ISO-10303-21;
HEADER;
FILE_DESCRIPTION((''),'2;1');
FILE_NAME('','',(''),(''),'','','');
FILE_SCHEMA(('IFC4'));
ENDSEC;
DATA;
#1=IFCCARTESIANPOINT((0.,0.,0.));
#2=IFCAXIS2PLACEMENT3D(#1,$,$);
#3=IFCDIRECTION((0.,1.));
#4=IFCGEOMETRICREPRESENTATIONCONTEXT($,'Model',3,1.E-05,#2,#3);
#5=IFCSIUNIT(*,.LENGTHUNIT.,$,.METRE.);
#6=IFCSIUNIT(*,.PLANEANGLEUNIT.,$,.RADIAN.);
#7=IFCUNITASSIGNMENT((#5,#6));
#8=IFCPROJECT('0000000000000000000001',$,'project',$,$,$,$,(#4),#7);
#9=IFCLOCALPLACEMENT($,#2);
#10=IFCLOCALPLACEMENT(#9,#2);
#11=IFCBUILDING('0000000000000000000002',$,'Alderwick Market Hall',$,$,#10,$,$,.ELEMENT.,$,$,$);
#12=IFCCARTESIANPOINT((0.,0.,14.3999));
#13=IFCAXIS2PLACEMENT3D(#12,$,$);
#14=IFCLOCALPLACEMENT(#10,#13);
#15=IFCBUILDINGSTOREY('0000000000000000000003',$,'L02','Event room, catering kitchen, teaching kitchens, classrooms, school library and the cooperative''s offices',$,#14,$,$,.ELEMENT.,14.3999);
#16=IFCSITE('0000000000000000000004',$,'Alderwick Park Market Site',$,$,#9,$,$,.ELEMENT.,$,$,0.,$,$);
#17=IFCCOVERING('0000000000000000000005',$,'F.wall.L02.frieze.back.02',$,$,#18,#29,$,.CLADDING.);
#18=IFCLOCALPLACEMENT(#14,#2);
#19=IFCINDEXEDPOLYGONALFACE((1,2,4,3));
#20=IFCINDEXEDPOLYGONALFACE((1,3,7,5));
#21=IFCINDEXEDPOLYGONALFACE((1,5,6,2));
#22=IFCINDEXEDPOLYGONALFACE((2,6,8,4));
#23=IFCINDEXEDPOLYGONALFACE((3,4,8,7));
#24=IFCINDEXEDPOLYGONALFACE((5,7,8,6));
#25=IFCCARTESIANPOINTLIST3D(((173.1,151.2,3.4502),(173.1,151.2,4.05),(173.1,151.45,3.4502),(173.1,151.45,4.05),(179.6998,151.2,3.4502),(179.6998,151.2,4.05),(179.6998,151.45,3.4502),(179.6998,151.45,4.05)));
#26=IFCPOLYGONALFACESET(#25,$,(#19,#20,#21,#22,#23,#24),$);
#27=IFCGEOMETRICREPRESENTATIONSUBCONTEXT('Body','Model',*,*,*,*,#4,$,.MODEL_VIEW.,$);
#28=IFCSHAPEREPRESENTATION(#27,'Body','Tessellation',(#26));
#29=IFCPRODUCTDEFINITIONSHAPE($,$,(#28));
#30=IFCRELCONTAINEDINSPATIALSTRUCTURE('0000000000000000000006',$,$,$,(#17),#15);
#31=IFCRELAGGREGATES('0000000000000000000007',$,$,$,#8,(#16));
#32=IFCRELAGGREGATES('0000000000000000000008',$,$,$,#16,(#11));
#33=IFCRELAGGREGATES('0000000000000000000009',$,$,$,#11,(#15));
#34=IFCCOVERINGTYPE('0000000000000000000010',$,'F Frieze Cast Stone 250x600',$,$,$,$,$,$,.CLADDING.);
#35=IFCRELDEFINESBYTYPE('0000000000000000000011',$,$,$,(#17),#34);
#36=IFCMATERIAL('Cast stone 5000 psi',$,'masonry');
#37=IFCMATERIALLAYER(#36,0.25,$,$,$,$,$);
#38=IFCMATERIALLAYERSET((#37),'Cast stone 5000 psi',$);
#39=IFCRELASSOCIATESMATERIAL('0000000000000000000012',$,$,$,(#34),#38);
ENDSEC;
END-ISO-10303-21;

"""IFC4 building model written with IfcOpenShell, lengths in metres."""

from ifc_helpers import new_model, si_unit, direction, frame, frame_2d, origin, place, context, subcontext, project, spatial, rectangle, extrude, material, layer, layer_set, type_object, element, save


model = new_model("IFC4")

# Units and contexts
model_context = context("Model", 3, precision=1e-05, world=origin(), true_north=direction((0.0, 1.0)))
body_context = subcontext(model_context, "Body", "Model", "MODEL_VIEW")
ifc_project = project(units=[si_unit("LENGTHUNIT", "METRE"), si_unit("PLANEANGLEUNIT", "RADIAN")], contexts=[model_context])

# Site, building, storey
site_placement = place(None, origin())
site = spatial("IfcSite", under=ifc_project, at=site_placement, Name="Alderwick Park Market Site", CompositionType="ELEMENT", RefElevation=0.0)
building_placement = place(site_placement, origin())
building = spatial("IfcBuilding", under=site, at=building_placement, Name="Alderwick Market Hall", CompositionType="ELEMENT")
storey_placement = place(building_placement, frame((0.0, 0.0, 14.3999)))
storey = spatial("IfcBuildingStorey", under=building, at=storey_placement, Name="L02", Description="Event room, catering kitchen, teaching kitchens, classrooms, school library and the cooperative's offices", CompositionType="ELEMENT", Elevation=14.3999)

# Covering
ifc_material_1 = material(Name="Cast stone 5000 psi", Category="masonry")
ifc_layer_1 = layer(ifc_material_1, 0.25)
ifc_layer_set_1 = layer_set([ifc_layer_1], Name="Cast stone 5000 psi")
covering_type = type_object("IfcCoveringType", Name="F Frieze Cast Stone 250x600", PredefinedType="CLADDING", material=ifc_layer_set_1)
covering_placement = place(storey_placement, frame((173.1001, 151.325, 3.4502), z_axis=(0.0, 0.0, 1.0), x_axis=(1.0, 0.0, 0.0)))
element("IfcCovering", 1, at=covering_placement, inside=storey, type_object=covering_type, Name="F.wall.L02.frieze.back.02", PredefinedType="CLADDING", context=body_context, shape_type="SweptSolid", body=[
    extrude(rectangle(XDim=6.5999, YDim=0.25, at=frame_2d((3.2998, 0.0))), origin(), (0.0, 0.0, 1.0), 0.5999),
])

save(model, "model.ifc")
